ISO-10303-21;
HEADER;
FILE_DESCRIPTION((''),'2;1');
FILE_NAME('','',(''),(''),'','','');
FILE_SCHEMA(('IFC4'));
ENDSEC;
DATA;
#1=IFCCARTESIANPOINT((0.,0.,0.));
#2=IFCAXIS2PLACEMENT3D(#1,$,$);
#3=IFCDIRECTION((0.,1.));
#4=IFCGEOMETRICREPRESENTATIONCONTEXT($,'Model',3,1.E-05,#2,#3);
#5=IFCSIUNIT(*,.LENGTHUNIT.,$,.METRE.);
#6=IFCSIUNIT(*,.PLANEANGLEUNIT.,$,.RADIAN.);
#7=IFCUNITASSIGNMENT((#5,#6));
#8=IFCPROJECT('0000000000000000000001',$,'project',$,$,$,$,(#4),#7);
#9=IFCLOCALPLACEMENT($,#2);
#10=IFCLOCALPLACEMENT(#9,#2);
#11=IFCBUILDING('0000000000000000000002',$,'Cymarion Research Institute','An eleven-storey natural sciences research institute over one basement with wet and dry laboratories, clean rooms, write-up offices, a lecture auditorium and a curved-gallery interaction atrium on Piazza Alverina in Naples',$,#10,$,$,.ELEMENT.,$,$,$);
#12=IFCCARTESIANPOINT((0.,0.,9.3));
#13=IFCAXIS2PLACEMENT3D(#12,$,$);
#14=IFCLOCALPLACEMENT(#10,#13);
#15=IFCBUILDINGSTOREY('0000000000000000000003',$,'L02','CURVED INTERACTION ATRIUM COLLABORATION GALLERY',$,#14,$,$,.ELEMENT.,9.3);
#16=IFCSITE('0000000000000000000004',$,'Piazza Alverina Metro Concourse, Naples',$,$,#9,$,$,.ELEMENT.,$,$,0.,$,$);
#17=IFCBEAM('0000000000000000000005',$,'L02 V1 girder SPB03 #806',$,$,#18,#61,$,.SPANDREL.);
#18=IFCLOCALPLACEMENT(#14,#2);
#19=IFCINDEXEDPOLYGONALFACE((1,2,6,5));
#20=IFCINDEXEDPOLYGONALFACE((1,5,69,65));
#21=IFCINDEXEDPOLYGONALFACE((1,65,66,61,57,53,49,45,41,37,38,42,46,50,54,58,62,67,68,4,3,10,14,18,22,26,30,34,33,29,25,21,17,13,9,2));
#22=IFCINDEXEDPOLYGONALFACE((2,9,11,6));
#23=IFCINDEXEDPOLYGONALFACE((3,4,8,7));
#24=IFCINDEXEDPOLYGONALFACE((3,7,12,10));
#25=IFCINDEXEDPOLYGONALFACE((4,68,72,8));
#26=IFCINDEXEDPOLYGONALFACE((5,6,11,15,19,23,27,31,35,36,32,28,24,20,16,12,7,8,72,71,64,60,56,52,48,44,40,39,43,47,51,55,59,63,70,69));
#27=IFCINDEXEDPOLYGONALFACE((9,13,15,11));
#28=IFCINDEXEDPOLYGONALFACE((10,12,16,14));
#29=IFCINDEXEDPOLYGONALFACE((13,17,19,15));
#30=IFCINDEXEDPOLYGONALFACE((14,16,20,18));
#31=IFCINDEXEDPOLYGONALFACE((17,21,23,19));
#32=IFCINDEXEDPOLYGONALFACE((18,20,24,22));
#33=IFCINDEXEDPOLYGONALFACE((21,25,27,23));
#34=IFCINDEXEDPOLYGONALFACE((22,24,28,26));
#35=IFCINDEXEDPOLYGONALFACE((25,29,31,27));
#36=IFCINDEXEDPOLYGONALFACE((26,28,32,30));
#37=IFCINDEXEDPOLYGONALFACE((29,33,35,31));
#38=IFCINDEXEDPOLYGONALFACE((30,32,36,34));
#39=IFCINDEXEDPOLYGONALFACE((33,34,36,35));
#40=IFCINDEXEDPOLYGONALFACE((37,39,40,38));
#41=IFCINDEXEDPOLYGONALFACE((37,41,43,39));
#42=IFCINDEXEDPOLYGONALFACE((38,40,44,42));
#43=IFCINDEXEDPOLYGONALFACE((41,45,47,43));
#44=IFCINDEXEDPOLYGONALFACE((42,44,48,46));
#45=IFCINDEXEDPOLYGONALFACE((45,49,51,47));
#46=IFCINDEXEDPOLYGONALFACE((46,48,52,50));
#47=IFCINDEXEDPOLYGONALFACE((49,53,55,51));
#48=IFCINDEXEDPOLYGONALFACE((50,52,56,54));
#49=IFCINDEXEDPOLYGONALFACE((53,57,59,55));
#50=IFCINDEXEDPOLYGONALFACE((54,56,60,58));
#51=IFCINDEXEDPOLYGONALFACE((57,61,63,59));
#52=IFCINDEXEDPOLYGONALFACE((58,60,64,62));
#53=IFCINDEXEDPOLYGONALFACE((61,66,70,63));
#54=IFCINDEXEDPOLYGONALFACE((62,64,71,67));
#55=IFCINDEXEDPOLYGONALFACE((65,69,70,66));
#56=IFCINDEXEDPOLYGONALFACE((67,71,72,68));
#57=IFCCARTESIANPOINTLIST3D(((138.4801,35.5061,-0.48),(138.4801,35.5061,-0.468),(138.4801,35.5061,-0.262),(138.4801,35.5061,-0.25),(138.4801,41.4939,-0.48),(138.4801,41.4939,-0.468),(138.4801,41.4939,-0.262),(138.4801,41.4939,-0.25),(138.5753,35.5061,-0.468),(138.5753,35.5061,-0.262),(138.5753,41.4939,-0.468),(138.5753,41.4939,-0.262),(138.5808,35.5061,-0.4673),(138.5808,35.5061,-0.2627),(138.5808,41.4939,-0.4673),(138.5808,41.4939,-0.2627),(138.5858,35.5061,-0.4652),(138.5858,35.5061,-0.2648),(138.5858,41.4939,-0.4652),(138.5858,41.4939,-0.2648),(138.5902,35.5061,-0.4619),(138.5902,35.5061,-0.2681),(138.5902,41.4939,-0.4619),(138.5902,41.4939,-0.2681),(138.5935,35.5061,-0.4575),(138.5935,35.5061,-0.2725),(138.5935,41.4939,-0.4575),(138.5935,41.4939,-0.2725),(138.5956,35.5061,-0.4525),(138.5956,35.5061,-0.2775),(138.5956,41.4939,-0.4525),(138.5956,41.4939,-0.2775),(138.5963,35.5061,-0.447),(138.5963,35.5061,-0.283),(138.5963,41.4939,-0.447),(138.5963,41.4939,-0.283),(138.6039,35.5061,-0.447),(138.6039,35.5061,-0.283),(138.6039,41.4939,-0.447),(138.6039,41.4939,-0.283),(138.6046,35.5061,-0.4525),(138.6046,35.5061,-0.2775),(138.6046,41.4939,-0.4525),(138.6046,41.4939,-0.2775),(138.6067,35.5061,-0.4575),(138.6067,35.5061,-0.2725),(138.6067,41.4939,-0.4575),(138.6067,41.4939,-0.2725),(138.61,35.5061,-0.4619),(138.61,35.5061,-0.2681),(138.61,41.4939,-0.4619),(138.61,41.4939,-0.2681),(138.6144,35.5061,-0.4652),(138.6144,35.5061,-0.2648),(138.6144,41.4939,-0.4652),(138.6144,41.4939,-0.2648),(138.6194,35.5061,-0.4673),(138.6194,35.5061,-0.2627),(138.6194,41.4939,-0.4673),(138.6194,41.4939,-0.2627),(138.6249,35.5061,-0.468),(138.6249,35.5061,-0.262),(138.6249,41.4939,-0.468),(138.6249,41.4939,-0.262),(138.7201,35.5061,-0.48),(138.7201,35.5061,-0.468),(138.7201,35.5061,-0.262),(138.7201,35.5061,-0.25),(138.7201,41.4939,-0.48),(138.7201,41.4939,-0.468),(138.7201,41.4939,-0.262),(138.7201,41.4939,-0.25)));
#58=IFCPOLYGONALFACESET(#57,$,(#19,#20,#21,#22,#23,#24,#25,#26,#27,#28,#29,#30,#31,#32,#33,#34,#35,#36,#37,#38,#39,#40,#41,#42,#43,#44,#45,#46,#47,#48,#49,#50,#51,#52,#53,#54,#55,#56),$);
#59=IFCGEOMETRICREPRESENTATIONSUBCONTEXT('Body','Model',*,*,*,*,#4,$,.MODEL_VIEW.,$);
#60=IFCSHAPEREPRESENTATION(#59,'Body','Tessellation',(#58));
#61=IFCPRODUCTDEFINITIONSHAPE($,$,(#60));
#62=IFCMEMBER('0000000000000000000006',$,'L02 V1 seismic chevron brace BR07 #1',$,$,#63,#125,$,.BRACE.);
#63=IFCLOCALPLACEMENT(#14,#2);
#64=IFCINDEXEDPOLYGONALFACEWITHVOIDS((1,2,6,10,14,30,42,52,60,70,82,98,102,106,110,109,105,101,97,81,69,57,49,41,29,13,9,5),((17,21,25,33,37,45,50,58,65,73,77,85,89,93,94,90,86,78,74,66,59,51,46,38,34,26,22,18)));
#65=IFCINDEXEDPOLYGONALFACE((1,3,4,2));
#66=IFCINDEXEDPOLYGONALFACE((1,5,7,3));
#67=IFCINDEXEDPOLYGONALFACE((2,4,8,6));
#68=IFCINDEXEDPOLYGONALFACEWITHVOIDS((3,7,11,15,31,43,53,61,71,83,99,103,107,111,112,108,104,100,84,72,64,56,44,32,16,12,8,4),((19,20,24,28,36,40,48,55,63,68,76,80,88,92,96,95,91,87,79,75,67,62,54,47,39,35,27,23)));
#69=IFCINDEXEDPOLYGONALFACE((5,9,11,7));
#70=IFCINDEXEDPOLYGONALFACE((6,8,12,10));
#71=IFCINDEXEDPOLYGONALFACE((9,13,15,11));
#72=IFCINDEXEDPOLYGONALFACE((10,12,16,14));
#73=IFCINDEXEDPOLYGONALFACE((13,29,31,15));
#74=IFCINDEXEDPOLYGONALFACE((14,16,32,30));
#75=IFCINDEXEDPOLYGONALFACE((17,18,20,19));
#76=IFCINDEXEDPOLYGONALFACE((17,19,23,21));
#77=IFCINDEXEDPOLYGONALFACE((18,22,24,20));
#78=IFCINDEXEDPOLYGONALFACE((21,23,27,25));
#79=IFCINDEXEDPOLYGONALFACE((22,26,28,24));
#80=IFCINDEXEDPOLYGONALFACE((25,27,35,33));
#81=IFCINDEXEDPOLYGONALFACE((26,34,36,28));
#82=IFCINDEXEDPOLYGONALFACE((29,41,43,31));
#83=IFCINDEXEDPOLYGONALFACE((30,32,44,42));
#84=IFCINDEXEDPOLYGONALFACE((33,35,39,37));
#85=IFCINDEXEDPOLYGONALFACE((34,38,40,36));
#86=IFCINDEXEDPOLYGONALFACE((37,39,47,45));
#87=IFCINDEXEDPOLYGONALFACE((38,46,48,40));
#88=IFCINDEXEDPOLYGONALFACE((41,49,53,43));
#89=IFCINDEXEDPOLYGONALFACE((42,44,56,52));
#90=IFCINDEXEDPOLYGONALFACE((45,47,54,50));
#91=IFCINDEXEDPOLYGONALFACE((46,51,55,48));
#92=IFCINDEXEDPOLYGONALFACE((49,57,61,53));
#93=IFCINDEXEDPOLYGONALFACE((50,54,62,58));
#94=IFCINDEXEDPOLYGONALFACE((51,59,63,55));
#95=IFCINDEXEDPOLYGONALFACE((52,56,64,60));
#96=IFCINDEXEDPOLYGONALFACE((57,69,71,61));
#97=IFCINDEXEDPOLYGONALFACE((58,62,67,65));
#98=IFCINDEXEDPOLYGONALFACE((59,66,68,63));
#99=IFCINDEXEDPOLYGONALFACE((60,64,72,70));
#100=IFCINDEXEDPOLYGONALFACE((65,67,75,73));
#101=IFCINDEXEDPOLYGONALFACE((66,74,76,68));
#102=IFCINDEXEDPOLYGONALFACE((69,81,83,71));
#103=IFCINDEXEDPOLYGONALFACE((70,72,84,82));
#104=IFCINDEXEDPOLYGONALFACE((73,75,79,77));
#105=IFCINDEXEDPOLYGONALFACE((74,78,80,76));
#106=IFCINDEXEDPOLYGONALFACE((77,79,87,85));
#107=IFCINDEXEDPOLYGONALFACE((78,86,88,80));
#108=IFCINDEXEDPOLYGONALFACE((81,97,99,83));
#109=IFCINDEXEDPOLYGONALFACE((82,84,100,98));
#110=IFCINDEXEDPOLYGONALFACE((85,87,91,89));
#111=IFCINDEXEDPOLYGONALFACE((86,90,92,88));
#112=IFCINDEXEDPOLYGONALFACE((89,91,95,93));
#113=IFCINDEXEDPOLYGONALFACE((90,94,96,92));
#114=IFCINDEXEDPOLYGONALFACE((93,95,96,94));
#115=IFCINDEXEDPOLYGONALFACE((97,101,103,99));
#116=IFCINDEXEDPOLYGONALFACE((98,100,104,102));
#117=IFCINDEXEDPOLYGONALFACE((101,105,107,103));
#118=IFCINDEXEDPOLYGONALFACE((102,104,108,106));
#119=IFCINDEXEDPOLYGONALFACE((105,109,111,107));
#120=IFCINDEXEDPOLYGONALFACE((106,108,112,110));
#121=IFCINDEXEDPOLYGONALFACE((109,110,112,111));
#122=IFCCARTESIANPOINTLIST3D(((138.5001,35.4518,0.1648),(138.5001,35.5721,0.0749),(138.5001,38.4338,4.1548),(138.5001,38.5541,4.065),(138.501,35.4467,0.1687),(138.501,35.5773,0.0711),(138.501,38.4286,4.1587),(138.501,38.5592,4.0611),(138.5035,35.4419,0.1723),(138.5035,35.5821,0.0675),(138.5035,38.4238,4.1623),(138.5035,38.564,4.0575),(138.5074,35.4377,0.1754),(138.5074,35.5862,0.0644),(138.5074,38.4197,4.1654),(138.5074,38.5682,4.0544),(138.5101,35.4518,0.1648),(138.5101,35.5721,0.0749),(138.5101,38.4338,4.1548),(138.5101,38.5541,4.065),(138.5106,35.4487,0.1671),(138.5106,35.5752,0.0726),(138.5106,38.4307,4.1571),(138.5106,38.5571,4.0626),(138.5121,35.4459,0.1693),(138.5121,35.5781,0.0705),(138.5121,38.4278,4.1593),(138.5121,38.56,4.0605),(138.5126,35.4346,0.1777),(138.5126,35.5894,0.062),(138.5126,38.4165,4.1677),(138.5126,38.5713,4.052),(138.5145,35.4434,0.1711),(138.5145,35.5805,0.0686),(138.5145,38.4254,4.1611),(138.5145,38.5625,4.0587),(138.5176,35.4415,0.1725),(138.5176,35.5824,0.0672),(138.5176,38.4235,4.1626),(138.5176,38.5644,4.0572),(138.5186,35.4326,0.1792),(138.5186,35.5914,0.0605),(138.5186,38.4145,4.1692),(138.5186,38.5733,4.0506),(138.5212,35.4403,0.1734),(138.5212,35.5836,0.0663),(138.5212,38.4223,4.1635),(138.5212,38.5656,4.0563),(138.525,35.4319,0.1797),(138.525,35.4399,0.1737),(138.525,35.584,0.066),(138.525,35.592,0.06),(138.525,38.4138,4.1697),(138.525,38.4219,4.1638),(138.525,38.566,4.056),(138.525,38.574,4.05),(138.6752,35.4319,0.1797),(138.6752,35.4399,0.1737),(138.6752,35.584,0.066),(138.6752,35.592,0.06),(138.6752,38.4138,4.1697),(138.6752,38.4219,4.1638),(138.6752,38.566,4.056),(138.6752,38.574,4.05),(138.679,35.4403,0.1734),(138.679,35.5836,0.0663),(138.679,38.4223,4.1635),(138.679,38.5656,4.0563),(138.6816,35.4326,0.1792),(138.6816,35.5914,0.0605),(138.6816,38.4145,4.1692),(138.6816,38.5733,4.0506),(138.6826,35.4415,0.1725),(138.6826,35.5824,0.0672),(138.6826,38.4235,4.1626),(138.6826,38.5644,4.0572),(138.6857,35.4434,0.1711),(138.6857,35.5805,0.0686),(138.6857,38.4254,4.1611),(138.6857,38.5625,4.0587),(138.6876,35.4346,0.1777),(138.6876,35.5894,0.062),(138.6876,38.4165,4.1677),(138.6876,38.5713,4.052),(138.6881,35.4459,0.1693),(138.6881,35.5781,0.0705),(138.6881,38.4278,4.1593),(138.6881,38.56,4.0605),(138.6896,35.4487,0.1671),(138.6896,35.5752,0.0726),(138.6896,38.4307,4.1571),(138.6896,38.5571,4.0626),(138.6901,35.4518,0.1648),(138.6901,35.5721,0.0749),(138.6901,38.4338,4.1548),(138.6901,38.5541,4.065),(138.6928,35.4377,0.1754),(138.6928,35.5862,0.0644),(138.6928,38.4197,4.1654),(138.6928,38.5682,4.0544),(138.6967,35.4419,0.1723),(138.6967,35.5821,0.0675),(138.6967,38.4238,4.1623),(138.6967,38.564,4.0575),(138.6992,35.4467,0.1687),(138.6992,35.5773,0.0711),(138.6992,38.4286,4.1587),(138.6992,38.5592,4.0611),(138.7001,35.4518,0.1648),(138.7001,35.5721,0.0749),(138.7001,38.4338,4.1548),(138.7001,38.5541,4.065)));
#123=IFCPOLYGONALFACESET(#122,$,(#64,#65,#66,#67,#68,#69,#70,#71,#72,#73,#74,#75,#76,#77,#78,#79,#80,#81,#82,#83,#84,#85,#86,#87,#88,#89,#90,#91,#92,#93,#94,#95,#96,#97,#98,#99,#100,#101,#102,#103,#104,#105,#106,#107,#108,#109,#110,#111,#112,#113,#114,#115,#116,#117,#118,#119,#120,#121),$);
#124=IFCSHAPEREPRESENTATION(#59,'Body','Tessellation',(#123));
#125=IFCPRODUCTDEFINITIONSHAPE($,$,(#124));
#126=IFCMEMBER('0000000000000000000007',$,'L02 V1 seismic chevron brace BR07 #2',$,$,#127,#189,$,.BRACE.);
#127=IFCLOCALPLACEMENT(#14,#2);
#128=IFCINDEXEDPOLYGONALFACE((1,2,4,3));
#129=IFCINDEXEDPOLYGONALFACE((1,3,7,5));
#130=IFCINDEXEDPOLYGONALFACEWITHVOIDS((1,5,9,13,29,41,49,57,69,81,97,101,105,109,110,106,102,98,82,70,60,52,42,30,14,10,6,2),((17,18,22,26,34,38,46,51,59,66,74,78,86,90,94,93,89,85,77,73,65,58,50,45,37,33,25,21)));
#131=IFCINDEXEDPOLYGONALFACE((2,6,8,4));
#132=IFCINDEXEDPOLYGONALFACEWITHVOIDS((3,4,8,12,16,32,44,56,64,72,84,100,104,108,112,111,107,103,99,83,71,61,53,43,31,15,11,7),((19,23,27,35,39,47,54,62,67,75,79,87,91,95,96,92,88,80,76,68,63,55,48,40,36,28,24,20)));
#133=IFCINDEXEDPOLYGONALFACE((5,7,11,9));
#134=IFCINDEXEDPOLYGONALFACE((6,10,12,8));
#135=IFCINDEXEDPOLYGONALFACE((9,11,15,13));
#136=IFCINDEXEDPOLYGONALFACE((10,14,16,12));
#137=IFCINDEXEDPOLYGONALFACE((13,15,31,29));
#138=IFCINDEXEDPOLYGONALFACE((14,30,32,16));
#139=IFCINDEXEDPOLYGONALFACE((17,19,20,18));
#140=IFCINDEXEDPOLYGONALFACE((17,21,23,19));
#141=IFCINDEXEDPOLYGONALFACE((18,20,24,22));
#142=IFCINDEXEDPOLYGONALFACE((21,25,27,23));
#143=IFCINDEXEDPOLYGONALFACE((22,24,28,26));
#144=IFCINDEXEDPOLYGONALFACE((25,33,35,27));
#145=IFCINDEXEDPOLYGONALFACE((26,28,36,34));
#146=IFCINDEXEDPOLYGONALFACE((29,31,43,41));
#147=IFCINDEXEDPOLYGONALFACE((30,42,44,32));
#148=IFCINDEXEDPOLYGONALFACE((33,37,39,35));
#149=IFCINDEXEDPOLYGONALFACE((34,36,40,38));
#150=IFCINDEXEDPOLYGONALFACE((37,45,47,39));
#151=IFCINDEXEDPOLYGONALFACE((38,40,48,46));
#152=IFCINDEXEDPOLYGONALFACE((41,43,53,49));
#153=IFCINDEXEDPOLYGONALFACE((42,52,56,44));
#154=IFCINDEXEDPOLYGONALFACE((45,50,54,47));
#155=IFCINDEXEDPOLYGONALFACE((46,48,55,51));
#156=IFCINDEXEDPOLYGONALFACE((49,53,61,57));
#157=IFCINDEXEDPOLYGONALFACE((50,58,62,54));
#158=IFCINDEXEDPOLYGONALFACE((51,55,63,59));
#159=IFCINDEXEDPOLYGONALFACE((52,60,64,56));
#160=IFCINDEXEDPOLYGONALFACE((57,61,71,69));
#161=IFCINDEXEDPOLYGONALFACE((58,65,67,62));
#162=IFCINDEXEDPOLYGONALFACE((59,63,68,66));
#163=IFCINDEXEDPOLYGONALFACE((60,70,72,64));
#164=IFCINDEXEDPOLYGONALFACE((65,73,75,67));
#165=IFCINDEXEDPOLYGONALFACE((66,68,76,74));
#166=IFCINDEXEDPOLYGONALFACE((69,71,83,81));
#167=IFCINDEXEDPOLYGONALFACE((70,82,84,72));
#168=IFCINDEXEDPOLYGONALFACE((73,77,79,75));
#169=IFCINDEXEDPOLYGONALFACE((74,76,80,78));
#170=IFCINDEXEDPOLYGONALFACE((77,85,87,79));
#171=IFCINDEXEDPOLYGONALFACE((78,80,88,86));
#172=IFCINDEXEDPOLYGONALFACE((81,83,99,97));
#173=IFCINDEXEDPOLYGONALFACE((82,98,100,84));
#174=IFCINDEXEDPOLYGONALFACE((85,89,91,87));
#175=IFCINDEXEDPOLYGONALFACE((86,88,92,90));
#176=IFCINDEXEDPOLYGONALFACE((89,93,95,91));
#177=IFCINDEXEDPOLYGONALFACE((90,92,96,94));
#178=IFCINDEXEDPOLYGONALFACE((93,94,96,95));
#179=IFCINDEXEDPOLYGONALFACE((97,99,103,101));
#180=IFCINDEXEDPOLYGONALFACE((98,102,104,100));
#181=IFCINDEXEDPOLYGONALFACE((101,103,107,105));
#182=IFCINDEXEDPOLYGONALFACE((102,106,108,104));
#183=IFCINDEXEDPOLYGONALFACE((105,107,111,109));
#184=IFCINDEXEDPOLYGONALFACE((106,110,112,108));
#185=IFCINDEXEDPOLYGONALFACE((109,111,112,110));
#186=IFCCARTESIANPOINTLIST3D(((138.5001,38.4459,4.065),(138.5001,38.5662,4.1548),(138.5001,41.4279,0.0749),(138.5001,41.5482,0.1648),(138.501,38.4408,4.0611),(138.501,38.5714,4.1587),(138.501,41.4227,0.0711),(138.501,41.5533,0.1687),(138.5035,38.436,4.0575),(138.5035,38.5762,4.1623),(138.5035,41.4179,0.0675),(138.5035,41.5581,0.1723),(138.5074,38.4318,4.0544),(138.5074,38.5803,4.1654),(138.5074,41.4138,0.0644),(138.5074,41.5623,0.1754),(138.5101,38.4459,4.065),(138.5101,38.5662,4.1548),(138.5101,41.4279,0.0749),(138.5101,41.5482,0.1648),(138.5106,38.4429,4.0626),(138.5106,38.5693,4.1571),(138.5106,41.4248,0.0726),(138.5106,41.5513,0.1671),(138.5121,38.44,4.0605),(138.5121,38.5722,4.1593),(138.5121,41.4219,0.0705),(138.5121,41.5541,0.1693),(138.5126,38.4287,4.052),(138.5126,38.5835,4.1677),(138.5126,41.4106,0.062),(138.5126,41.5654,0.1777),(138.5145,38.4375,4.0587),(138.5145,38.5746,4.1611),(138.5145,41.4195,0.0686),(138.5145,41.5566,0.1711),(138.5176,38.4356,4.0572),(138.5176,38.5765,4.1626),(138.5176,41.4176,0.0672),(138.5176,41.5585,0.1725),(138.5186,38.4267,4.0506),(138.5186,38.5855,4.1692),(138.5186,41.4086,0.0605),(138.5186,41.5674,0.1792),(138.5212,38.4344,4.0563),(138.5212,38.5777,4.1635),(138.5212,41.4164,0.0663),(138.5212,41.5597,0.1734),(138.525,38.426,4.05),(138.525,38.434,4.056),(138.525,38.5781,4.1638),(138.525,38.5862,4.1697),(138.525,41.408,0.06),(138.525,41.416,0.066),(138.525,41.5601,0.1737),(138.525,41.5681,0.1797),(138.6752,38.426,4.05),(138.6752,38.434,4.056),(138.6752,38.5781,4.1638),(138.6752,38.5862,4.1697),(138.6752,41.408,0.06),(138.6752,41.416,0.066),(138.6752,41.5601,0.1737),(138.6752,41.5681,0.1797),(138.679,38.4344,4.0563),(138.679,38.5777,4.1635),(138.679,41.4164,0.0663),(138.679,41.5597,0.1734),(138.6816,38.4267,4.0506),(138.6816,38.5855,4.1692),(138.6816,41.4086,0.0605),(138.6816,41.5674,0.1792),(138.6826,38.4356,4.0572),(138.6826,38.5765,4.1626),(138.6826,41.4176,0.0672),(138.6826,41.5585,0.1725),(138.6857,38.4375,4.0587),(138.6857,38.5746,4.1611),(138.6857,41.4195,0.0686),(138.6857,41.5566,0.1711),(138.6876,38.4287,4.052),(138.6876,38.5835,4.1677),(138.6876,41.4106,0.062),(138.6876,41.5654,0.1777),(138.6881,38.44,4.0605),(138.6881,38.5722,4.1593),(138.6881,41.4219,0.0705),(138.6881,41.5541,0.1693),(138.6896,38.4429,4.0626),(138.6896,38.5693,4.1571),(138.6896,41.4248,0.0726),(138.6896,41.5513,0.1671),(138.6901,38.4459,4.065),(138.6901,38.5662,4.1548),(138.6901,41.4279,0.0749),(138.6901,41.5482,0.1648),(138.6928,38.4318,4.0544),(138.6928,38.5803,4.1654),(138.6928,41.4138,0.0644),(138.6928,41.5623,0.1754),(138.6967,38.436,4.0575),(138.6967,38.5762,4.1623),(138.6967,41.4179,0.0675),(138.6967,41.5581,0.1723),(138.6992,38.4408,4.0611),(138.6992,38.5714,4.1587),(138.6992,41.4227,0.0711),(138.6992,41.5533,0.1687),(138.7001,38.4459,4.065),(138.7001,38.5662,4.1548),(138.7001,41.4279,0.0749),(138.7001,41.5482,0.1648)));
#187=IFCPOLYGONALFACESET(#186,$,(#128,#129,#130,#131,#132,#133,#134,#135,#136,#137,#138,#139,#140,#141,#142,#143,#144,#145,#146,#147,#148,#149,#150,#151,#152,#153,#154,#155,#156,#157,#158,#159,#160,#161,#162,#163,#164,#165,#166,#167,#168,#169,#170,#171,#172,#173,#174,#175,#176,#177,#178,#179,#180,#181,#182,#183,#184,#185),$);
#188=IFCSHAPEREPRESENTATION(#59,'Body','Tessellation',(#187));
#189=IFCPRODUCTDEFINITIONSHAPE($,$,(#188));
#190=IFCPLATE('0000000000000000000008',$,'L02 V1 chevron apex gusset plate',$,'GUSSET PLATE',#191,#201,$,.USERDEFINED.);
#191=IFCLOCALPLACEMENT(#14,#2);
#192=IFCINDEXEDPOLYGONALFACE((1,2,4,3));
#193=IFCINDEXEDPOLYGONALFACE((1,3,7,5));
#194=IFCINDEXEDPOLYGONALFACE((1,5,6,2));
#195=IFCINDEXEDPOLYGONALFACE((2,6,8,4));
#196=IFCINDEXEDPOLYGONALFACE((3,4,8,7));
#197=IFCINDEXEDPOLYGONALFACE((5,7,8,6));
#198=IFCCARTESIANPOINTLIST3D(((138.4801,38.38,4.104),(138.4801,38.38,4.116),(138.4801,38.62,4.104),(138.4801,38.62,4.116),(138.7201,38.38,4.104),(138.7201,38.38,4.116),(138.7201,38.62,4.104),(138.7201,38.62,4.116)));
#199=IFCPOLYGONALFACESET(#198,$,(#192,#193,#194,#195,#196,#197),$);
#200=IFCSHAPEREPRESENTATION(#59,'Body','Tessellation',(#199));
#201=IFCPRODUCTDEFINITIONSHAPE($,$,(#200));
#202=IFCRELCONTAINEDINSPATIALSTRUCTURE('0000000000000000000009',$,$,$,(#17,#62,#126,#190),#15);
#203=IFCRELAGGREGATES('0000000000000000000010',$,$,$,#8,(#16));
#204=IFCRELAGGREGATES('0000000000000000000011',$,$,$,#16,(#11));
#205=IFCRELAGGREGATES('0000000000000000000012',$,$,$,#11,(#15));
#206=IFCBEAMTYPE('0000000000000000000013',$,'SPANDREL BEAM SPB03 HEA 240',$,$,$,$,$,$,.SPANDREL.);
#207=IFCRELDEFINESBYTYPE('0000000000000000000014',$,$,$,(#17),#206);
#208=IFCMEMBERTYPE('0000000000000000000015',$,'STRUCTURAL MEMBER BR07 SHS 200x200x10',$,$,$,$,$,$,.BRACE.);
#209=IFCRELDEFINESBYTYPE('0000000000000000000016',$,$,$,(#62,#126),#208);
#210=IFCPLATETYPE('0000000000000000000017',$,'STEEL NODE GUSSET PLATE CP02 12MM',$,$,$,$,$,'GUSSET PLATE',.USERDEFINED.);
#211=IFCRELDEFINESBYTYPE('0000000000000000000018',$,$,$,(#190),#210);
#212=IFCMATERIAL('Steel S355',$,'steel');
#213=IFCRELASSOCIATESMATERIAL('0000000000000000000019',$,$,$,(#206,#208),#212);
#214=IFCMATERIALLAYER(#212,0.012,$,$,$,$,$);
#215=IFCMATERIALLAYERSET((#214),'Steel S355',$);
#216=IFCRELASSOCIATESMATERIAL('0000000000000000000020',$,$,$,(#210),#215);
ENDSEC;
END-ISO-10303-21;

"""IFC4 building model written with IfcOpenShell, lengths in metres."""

from ifc_helpers import new_model, si_unit, direction, frame, origin, origin_2d, place, context, subcontext, project, spatial, rectangle, hollow_rectangle, i_section, extrude, material, layer, layer_set, material_profile, profile_set, type_object, element, save


model = new_model("IFC4")

# Units and contexts
model_context = context("Model", 3, precision=1e-05, world=origin(), true_north=direction((0.0, 1.0)))
body_context = subcontext(model_context, "Body", "Model", "MODEL_VIEW")
ifc_project = project(units=[si_unit("LENGTHUNIT", "METRE"), si_unit("PLANEANGLEUNIT", "RADIAN")], contexts=[model_context])

# Site, building, storey
site_placement = place(None, origin())
site = spatial("IfcSite", under=ifc_project, at=site_placement, Name="Piazza Alverina Metro Concourse, Naples", CompositionType="ELEMENT", RefElevation=0.0)
building_placement = place(site_placement, origin())
building = spatial("IfcBuilding", under=site, at=building_placement, Name="Cymarion Research Institute", Description="An eleven-storey natural sciences research institute over one basement with wet and dry laboratories, clean rooms, write-up offices, a lecture auditorium and a curved-gallery interaction atrium on Piazza Alverina in Naples", CompositionType="ELEMENT")
storey_placement = place(building_placement, frame((0.0, 0.0, 9.3)))
storey = spatial("IfcBuildingStorey", under=building, at=storey_placement, Name="L02", Description="CURVED INTERACTION ATRIUM COLLABORATION GALLERY", CompositionType="ELEMENT", Elevation=9.3)

# Shared definitions
ifc_material_1 = material(Name="Steel S355", Category="steel")

# Beam
ifc_material_profile_1 = material_profile(ifc_material_1, i_section(OverallWidth=0.24, OverallDepth=0.23, WebThickness=0.0076, FlangeThickness=0.012, FilletRadius=0.021, at=origin_2d()), Name="HEA 240")
ifc_profile_set_1 = profile_set([ifc_material_profile_1], Name="Steel S355")
beam_type_1 = type_object("IfcBeamType", Name="SPANDREL BEAM SPB03 HEA 240", PredefinedType="SPANDREL", material=ifc_profile_set_1)
beam_1_placement = place(storey_placement, frame((138.6001, 35.5061, -0.365), z_axis=(0.0, 1.0, 0.0), x_axis=(-1.0, 0.0, 0.0)))
element("IfcBeam", 1, at=beam_1_placement, inside=storey, type_object=beam_type_1, Name="L02 V1 girder SPB03 #806", PredefinedType="SPANDREL", context=body_context, shape_type="SweptSolid", body=[
    extrude(i_section(OverallWidth=0.24, OverallDepth=0.23, WebThickness=0.0076, FlangeThickness=0.012, FilletRadius=0.021, at=origin_2d()), origin(), (0.0, 0.0, 1.0), 5.9878),
])

# Members
ifc_material_profile_2 = material_profile(ifc_material_1, hollow_rectangle(XDim=0.2, YDim=0.2, WallThickness=0.01, InnerFilletRadius=0.0149, OuterFilletRadius=0.0249, at=origin_2d()), Name="SHS 200x200x10")
ifc_profile_set_2 = profile_set([ifc_material_profile_2], Name="Steel S355")
member_type = type_object("IfcMemberType", Name="STRUCTURAL MEMBER BR07 SHS 200x200x10", PredefinedType="BRACE", material=ifc_profile_set_2)
for number, where, z_axis, x_axis, name in (
    (2, (138.6001, 35.512, 0.1199), (0.0, 0.598642, 0.801016), (-1.0, 0.0, 0.0), "L02 V1 seismic chevron brace BR07 #1"),
    (3, (138.6001, 41.488, 0.1199), (0.0, -0.598642, 0.801016), (1.0, 0.0, 0.0), "L02 V1 seismic chevron brace BR07 #2"),
):
    element("IfcMember", number, at=place(storey_placement, frame(where, z_axis=z_axis, x_axis=x_axis)), inside=storey, type_object=member_type, Name=name, PredefinedType="BRACE", context=body_context, shape_type="SweptSolid", body=[
        extrude(hollow_rectangle(XDim=0.2, YDim=0.2, WallThickness=0.01, InnerFilletRadius=0.0149, OuterFilletRadius=0.0249, at=origin_2d()), origin(), (0.0, 0.0, 1.0), 4.9812),
    ])

# Plate
ifc_layer_1 = layer(ifc_material_1, 0.012)
ifc_layer_set_1 = layer_set([ifc_layer_1], Name="Steel S355")
plate_type = type_object("IfcPlateType", Name="STEEL NODE GUSSET PLATE CP02 12MM", ElementType="GUSSET PLATE", PredefinedType="USERDEFINED", material=ifc_layer_set_1)
for number, where, z_axis, x_axis, name in (
    (4, (138.6001, 38.5, 4.104), (0.0, 0.0, 1.0), (1.0, 0.0, 0.0), "L02 V1 chevron apex gusset plate"),
):
    element("IfcPlate", number, at=place(storey_placement, frame(where, z_axis=z_axis, x_axis=x_axis)), inside=storey, type_object=plate_type, Name=name, ObjectType="GUSSET PLATE", PredefinedType="USERDEFINED", context=body_context, shape_type="SweptSolid", body=[
        extrude(rectangle(XDim=0.24, YDim=0.24, at=origin_2d()), origin(), (0.0, 0.0, 1.0), 0.012),
    ])

save(model, "model.ifc")
